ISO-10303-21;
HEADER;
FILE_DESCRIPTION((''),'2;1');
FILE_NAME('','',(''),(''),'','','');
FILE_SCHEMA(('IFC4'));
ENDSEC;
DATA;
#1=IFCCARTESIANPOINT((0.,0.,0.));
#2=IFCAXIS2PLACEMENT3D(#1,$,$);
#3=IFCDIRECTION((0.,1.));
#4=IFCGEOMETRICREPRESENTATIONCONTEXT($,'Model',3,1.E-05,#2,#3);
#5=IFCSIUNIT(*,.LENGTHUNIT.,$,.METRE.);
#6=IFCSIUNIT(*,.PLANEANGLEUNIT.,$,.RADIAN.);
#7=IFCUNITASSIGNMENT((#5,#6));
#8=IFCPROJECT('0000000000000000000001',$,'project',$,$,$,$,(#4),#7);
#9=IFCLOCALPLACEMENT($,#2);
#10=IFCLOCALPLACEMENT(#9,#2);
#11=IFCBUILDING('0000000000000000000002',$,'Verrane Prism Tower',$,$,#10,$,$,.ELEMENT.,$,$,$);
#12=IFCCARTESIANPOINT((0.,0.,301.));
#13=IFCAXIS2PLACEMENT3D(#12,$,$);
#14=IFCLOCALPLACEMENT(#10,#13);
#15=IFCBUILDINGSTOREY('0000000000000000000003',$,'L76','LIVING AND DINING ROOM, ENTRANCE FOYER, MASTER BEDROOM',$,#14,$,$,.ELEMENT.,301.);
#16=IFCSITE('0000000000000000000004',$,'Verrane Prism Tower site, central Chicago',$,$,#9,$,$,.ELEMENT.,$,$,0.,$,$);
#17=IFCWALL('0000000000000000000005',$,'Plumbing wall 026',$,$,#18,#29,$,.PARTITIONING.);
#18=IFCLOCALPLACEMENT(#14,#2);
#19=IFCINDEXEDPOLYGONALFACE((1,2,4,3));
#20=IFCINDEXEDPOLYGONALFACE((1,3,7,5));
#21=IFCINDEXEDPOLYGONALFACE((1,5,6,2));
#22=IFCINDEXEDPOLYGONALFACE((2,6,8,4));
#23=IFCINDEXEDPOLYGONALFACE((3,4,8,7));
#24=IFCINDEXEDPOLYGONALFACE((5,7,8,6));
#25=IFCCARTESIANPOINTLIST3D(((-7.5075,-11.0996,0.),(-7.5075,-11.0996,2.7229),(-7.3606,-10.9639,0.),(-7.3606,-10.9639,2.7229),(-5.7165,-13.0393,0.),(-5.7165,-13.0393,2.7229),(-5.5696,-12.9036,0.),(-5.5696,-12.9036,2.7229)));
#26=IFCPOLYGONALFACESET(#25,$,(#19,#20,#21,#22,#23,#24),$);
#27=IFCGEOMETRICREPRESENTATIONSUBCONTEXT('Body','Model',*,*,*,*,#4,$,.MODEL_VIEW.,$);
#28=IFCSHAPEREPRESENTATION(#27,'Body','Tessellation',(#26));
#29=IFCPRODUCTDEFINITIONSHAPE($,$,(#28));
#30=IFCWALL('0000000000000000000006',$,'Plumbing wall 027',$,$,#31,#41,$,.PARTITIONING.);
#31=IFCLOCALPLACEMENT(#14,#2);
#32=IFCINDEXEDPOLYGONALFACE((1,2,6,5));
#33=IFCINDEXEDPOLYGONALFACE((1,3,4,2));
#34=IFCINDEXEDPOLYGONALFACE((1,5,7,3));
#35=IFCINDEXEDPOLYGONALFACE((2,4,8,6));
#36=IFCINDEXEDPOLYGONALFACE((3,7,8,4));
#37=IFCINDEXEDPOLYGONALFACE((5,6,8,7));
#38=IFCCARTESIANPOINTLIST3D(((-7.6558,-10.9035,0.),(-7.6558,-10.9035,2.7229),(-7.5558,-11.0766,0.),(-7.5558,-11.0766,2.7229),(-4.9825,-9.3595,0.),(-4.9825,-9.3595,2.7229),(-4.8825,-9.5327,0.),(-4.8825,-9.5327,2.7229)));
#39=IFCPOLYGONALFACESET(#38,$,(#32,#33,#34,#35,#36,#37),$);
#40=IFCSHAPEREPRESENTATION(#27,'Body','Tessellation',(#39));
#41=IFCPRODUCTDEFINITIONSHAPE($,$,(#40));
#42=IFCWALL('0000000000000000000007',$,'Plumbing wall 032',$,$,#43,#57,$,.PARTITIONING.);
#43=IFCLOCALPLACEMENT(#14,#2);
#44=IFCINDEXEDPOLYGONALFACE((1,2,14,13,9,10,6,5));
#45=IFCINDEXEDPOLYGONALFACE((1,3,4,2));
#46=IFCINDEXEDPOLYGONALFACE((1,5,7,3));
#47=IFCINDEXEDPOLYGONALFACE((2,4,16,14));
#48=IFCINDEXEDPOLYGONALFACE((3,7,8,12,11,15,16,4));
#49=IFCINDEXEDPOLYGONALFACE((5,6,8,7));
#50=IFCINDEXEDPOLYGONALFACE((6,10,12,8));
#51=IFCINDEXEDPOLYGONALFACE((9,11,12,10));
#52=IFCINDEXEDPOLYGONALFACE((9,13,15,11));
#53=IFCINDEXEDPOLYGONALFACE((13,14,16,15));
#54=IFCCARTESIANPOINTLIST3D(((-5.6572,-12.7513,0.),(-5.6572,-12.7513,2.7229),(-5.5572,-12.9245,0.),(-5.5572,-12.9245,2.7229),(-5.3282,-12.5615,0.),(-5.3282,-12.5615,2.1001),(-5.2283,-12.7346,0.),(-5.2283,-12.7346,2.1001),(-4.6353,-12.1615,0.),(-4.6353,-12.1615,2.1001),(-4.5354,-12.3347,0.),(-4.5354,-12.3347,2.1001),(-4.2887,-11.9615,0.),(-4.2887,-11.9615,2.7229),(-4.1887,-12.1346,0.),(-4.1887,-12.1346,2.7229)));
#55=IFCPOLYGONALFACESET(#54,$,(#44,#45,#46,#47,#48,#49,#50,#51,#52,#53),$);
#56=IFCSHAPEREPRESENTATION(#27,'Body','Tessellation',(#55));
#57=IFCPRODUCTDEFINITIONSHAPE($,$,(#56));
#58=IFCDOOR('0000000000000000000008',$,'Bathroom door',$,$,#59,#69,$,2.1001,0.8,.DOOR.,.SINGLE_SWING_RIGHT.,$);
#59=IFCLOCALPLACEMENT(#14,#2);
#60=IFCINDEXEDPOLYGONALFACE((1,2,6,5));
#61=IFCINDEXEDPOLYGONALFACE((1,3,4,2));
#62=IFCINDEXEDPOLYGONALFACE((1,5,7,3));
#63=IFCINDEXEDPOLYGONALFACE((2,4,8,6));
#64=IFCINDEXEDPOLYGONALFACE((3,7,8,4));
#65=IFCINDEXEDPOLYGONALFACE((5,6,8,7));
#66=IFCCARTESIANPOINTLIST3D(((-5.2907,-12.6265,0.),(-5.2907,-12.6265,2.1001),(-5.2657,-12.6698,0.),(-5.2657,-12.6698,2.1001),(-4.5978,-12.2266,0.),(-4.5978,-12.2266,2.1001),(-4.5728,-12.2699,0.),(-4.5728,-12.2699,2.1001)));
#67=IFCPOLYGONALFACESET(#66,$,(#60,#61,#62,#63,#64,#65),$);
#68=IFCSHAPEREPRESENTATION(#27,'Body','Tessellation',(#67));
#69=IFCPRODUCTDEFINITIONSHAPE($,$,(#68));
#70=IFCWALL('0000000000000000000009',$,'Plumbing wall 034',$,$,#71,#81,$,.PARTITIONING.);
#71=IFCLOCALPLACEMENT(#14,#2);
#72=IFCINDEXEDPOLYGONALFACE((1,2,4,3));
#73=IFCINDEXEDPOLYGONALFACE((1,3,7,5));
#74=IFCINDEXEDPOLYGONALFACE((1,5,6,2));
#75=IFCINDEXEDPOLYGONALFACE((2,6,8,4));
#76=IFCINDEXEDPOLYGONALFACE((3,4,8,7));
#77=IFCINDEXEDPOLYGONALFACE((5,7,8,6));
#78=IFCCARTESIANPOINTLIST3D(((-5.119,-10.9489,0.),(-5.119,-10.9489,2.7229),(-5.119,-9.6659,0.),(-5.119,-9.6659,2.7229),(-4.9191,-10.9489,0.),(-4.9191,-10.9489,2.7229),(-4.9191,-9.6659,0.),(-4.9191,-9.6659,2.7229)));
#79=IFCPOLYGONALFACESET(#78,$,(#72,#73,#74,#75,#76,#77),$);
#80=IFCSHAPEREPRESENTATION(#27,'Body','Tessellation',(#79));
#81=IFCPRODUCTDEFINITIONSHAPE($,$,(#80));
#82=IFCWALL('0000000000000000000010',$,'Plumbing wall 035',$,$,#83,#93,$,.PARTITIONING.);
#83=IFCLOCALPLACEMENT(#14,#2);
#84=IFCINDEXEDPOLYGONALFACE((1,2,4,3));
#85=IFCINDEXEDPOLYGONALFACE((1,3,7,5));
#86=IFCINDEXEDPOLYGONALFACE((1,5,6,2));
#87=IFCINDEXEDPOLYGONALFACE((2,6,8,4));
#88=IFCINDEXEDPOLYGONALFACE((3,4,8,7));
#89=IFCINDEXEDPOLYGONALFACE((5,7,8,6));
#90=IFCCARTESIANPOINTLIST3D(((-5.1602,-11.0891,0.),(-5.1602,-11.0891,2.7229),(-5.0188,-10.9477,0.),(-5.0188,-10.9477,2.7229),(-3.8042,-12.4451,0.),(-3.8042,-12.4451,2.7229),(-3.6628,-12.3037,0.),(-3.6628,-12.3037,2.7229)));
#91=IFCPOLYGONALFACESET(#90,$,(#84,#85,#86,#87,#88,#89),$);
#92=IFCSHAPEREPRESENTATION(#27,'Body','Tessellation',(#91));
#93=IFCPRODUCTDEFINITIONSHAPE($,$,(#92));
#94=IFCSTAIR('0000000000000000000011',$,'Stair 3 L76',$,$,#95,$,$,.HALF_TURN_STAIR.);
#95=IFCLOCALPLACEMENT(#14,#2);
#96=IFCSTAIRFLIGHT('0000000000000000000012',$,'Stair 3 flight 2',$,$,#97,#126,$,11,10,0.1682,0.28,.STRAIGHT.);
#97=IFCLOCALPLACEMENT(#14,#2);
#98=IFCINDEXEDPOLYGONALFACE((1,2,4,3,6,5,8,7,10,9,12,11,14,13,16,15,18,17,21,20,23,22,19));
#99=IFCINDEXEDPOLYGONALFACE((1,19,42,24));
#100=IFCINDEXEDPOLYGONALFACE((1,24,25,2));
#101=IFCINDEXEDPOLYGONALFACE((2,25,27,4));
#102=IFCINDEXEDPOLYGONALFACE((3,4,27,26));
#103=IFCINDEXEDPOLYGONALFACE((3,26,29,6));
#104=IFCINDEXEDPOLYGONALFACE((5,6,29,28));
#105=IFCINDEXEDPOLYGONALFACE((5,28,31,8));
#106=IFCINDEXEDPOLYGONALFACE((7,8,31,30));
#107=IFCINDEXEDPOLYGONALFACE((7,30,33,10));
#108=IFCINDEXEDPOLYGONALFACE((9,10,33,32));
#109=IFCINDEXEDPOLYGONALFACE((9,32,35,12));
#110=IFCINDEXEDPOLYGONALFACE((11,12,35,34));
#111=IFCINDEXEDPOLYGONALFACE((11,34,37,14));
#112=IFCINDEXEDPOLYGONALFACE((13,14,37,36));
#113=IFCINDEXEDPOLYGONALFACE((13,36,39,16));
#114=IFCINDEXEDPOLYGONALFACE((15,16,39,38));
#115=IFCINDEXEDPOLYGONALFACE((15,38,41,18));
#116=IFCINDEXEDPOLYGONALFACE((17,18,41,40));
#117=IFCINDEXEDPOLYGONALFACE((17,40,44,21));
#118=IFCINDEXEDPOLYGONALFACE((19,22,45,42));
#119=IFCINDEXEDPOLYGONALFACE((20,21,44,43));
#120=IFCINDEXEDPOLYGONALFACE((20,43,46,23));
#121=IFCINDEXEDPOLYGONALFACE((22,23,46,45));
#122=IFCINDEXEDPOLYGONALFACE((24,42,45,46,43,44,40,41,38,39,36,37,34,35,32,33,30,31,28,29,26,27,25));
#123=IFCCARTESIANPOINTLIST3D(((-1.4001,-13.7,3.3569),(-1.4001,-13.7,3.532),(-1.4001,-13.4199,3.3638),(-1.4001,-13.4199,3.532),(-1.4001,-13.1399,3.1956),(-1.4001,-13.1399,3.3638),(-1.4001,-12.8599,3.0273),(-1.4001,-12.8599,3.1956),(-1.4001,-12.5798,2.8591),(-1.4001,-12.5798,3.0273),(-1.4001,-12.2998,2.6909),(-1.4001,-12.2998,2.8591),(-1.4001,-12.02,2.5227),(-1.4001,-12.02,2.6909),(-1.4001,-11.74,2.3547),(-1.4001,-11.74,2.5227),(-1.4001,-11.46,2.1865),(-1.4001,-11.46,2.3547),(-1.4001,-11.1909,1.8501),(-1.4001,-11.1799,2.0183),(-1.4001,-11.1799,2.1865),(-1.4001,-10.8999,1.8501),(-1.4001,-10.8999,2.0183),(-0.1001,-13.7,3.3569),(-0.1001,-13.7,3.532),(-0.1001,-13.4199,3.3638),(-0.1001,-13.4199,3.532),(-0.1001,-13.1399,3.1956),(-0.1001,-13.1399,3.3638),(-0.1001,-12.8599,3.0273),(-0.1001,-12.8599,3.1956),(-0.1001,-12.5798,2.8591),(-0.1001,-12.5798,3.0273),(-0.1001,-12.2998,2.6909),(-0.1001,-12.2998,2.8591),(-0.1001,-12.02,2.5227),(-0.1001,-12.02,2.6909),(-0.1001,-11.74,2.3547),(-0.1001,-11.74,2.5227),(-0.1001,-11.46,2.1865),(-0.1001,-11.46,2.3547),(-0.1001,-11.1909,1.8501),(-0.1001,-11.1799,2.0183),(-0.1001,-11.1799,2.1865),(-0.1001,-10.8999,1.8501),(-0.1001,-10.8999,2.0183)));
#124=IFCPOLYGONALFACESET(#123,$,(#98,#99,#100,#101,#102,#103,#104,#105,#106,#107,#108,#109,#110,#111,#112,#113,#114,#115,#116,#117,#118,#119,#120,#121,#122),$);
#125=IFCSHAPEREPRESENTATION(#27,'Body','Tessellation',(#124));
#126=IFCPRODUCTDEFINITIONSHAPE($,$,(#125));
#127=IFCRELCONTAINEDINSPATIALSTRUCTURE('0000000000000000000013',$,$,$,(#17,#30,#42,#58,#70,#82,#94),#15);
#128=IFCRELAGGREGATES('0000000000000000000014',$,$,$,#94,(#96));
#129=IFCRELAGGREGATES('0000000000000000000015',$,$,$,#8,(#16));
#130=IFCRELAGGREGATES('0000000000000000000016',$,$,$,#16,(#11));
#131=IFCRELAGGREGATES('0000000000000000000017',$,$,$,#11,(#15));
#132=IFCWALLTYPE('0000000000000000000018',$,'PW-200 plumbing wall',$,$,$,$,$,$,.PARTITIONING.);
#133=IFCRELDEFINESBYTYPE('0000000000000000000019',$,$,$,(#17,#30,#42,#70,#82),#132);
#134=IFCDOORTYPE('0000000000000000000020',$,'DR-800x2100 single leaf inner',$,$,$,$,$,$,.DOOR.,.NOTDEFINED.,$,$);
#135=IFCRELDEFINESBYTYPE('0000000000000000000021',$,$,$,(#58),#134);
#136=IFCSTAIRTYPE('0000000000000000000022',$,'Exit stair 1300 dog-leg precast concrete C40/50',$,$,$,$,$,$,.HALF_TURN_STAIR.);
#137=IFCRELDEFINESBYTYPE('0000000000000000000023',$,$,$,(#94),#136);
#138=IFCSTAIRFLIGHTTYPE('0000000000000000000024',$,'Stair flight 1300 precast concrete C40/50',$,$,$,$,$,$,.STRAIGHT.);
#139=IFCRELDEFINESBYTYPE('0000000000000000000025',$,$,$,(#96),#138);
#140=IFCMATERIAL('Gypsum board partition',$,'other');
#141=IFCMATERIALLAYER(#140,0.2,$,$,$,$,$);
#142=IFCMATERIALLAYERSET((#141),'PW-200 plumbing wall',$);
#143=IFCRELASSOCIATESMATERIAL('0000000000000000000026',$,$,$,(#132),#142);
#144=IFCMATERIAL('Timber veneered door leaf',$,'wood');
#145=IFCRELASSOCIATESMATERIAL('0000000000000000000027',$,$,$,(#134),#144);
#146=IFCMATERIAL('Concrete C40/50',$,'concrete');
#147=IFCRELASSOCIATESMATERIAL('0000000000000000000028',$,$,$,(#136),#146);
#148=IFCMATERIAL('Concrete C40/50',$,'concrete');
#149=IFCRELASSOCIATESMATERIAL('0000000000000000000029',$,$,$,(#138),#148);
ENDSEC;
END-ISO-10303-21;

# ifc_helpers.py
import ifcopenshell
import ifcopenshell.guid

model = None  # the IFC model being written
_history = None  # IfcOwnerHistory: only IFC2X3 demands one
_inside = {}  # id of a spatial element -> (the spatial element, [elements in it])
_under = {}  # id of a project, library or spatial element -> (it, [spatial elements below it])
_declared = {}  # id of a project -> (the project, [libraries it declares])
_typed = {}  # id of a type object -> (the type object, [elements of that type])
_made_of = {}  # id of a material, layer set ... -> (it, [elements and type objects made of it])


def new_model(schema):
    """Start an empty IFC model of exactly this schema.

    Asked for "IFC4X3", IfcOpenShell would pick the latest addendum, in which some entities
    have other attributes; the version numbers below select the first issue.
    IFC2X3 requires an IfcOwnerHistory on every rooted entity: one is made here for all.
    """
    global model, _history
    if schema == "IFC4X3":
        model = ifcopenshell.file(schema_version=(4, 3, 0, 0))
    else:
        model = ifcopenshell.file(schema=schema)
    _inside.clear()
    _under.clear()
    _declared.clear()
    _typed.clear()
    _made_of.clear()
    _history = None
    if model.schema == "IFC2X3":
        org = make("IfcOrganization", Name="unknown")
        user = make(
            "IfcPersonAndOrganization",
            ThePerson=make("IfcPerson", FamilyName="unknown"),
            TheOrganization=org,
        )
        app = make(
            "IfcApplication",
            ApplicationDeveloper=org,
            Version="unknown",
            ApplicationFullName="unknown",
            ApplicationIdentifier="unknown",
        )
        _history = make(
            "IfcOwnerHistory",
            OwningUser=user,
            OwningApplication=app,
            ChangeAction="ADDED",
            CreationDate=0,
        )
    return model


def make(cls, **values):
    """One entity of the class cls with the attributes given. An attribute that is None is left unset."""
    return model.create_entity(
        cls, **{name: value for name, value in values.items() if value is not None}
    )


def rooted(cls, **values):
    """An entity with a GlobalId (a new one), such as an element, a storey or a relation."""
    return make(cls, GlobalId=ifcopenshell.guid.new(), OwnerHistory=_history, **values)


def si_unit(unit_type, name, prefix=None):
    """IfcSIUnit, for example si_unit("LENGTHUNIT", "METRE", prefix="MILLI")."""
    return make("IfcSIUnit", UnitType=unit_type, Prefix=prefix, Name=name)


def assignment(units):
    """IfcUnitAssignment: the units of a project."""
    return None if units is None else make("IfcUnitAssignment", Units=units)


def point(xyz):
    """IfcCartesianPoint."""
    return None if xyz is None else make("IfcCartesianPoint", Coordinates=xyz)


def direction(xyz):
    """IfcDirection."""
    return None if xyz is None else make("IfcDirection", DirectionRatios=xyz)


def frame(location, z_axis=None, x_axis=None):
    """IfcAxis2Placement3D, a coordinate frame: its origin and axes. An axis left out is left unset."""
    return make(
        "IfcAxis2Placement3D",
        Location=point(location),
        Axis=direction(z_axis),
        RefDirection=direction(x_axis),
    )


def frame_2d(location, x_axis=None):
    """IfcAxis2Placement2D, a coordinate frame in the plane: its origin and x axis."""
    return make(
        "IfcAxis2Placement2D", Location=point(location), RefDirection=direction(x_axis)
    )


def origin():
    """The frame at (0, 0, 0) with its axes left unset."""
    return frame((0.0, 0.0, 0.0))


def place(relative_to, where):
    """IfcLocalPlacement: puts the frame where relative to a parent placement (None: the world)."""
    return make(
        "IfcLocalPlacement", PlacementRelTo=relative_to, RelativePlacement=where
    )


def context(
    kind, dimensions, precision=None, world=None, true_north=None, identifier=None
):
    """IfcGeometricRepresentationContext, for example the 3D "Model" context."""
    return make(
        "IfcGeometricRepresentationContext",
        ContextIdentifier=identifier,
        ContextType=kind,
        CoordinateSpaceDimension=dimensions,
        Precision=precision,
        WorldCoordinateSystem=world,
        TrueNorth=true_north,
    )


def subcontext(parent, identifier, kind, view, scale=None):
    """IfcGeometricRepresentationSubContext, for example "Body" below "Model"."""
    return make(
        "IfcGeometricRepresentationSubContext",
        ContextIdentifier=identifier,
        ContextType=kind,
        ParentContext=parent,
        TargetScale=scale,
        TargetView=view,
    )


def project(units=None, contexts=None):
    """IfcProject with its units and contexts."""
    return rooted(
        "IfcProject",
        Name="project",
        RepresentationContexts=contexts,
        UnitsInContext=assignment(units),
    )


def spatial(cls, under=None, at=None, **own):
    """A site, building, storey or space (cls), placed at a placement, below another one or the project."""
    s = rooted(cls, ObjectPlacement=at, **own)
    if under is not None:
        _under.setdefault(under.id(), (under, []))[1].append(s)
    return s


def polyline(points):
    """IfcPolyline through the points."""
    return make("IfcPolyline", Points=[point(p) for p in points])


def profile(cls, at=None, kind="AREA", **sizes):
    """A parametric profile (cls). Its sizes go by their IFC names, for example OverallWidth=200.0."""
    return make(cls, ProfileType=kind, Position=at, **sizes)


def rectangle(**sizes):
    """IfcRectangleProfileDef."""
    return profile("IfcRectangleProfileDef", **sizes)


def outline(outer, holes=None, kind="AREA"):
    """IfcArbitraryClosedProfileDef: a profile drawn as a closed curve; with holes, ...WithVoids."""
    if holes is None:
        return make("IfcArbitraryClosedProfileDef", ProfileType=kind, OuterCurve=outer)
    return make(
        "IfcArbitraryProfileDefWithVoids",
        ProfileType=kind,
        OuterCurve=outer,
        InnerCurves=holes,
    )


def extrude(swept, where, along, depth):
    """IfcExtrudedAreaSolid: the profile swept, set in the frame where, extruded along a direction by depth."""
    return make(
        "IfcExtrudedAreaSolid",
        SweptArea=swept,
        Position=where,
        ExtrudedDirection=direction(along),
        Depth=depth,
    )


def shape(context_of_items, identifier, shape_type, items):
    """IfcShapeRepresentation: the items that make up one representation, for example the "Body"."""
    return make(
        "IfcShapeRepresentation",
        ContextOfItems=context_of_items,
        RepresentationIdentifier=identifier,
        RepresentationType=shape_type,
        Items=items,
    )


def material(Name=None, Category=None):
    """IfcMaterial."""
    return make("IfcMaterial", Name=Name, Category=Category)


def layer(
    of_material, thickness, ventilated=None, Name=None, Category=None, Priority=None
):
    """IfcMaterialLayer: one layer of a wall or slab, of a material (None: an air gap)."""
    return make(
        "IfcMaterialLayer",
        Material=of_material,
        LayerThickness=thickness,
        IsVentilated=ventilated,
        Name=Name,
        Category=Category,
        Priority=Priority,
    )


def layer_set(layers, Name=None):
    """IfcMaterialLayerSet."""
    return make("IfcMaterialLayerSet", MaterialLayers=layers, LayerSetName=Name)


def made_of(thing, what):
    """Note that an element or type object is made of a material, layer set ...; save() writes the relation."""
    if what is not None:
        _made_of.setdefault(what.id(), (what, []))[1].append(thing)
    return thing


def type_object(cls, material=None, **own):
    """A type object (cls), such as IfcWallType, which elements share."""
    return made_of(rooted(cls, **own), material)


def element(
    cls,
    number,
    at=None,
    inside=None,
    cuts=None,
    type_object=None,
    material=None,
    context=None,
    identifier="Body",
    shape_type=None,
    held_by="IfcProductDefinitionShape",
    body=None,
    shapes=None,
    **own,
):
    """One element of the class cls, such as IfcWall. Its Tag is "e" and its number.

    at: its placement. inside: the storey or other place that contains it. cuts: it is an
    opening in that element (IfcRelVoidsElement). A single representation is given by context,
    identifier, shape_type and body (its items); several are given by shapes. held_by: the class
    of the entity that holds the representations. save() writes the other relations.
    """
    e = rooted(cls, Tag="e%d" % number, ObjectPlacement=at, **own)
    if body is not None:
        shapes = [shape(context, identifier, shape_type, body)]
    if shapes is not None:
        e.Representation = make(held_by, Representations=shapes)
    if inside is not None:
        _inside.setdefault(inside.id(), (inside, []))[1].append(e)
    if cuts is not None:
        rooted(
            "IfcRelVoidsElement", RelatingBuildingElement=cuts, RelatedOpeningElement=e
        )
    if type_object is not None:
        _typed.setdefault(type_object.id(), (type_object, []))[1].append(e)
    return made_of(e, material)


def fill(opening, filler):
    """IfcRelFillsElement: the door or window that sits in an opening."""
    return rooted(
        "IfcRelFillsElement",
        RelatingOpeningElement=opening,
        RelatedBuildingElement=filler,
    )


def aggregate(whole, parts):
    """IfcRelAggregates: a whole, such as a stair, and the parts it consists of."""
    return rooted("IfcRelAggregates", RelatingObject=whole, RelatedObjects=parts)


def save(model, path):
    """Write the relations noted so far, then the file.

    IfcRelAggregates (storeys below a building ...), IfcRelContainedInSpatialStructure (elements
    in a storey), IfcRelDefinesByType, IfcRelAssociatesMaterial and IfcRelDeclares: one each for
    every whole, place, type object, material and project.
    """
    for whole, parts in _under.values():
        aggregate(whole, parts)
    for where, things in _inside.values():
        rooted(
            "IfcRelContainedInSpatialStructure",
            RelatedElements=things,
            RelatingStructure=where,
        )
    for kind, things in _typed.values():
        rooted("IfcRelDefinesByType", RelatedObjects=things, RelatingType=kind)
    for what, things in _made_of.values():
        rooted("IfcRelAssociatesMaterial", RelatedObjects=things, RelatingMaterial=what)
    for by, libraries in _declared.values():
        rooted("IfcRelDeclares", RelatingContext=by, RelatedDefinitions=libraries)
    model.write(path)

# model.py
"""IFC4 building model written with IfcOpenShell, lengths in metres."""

from ifc_helpers import new_model, si_unit, direction, frame, frame_2d, origin, place, context, subcontext, project, spatial, polyline, rectangle, outline, extrude, material, layer, layer_set, type_object, element, fill, aggregate, save


model = new_model("IFC4")

# Units and contexts
model_context = context("Model", 3, precision=1e-05, world=origin(), true_north=direction((0.0, 1.0)))
body_context = subcontext(model_context, "Body", "Model", "MODEL_VIEW")
ifc_project = project(units=[si_unit("LENGTHUNIT", "METRE"), si_unit("PLANEANGLEUNIT", "RADIAN")], contexts=[model_context])

# Site, building, storey
site_placement = place(None, origin())
site = spatial("IfcSite", under=ifc_project, at=site_placement, Name="Verrane Prism Tower site, central Chicago", CompositionType="ELEMENT", RefElevation=0.0)
building_placement = place(site_placement, origin())
building = spatial("IfcBuilding", under=site, at=building_placement, Name="Verrane Prism Tower", CompositionType="ELEMENT")
storey_placement = place(building_placement, frame((0.0, 0.0, 301.0)))
storey = spatial("IfcBuildingStorey", under=building, at=storey_placement, Name="L76", Description="LIVING AND DINING ROOM, ENTRANCE FOYER, MASTER BEDROOM", CompositionType="ELEMENT", Elevation=301.0)

# Walls
ifc_material_1 = material(Name="Gypsum board partition", Category="other")
ifc_layer_1 = layer(ifc_material_1, 0.2)
ifc_layer_set_1 = layer_set([ifc_layer_1], Name="PW-200 plumbing wall")
wall_type_1 = type_object("IfcWallType", Name="PW-200 plumbing wall", PredefinedType="PARTITIONING", material=ifc_layer_set_1)
wall_1_placement = place(storey_placement, frame((-7.4341, -11.0317, 0.0), z_axis=(0.0, 0.0, 1.0), x_axis=(0.678388, -0.734704, 0.0)))
element("IfcWall", 1, at=wall_1_placement, inside=storey, type_object=wall_type_1, Name="Plumbing wall 026", PredefinedType="PARTITIONING", context=body_context, shape_type="SweptSolid", body=[
    extrude(rectangle(XDim=2.6401, YDim=0.2, at=frame_2d((1.3201, 0.0))), origin(), (0.0, 0.0, 1.0), 2.7229),
])
wall_2_placement = place(storey_placement, frame((-7.6057, -10.99, 0.0), z_axis=(0.0, 0.0, 1.0), x_axis=(0.865956, 0.500119, 0.0)))
element("IfcWall", 2, at=wall_2_placement, inside=storey, type_object=wall_type_1, Name="Plumbing wall 027", PredefinedType="PARTITIONING", context=body_context, shape_type="SweptSolid", body=[
    extrude(rectangle(XDim=3.0872, YDim=0.2, at=frame_2d((1.5435, 0.0))), origin(), (0.0, 0.0, 1.0), 2.7229),
])

# Wall, opening, door
wall_3_placement = place(storey_placement, frame((-5.6072, -12.8379, 0.0), z_axis=(0.0, 0.0, 1.0), x_axis=(0.866096, 0.499879, 0.0)))
wall_3 = element("IfcWall", 3, at=wall_3_placement, inside=storey, type_object=wall_type_1, Name="Plumbing wall 032", PredefinedType="PARTITIONING", context=body_context, shape_type="SweptSolid", body=[
    extrude(rectangle(XDim=1.5801, YDim=0.2, at=frame_2d((0.79, 0.0))), origin(), (0.0, 0.0, 1.0), 2.7229),
])
opening_1_placement = place(wall_3_placement, frame((0.3799, 0.0, 0.0)))
opening_1 = element("IfcOpeningElement", 4, at=opening_1_placement, cuts=wall_3, PredefinedType="OPENING", context=body_context, shape_type="SweptSolid", body=[
    extrude(rectangle(XDim=0.8, YDim=2.1001, at=frame_2d((0.3999, 1.05))), frame((0.0, 0.1099, 0.0), z_axis=(0.0, -1.0, 0.0), x_axis=(1.0, 0.0, 0.0)), (0.0, 0.0, 1.0), 0.22),
])
ifc_material_2 = material(Name="Timber veneered door leaf", Category="wood")
door_type_1 = type_object("IfcDoorType", Name="DR-800x2100 single leaf inner", OperationType="NOTDEFINED", PredefinedType="DOOR", material=ifc_material_2)
door_1_placement = place(opening_1_placement, origin())
door_1 = element("IfcDoor", 5, at=door_1_placement, inside=storey, type_object=door_type_1, Name="Bathroom door", OperationType="SINGLE_SWING_RIGHT", OverallHeight=2.1001, OverallWidth=0.8, PredefinedType="DOOR", context=body_context, shape_type="SweptSolid", body=[
    extrude(rectangle(XDim=0.8, YDim=2.1001, at=frame_2d((0.3999, 1.05))), frame((0.0, 0.0249, 0.0), z_axis=(0.0, -1.0, 0.0), x_axis=(1.0, 0.0, 0.0)), (0.0, 0.0, 1.0), 0.05),
])
fill(opening_1, door_1)

# Walls
wall_4_placement = place(storey_placement, frame((-5.019, -10.949, 0.0), z_axis=(0.0, 0.0, 1.0), x_axis=(0.0, 1.0, 0.0)))
element("IfcWall", 6, at=wall_4_placement, inside=storey, type_object=wall_type_1, Name="Plumbing wall 034", PredefinedType="PARTITIONING", context=body_context, shape_type="SweptSolid", body=[
    extrude(rectangle(XDim=1.283, YDim=0.2, at=frame_2d((0.6416, 0.0))), origin(), (0.0, 0.0, 1.0), 2.7229),
])
wall_5_placement = place(storey_placement, frame((-5.0896, -11.0183, 0.0), z_axis=(0.0, 0.0, 1.0), x_axis=(0.707107, -0.707107, 0.0)))
element("IfcWall", 7, at=wall_5_placement, inside=storey, type_object=wall_type_1, Name="Plumbing wall 035", PredefinedType="PARTITIONING", context=body_context, shape_type="SweptSolid", body=[
    extrude(rectangle(XDim=1.9177, YDim=0.2, at=frame_2d((0.959, 0.0))), origin(), (0.0, 0.0, 1.0), 2.7229),
])

# Stair, stair flight
ifc_material_3 = material(Name="Concrete C40/50", Category="concrete")
stair_type = type_object("IfcStairType", Name="Exit stair 1300 dog-leg precast concrete C40/50", PredefinedType="HALF_TURN_STAIR", material=ifc_material_3)
stair_placement = place(storey_placement, origin())
stair = element("IfcStair", 8, at=stair_placement, inside=storey, type_object=stair_type, Name="Stair 3 L76", PredefinedType="HALF_TURN_STAIR")
ifc_material_4 = material(Name="Concrete C40/50", Category="concrete")
stair_flight_type = type_object("IfcStairFlightType", Name="Stair flight 1300 precast concrete C40/50", PredefinedType="STRAIGHT", material=ifc_material_4)
stair_flight_placement = place(storey_placement, frame((-0.75, -10.8999, 1.8501), z_axis=(0.0, 0.0, 1.0), x_axis=(0.0, -1.0, 0.0)))
stair_flight = element("IfcStairFlight", 9, at=stair_flight_placement, type_object=stair_flight_type, Name="Stair 3 flight 2", NumberOfRisers=11, NumberOfTreads=10, PredefinedType="STRAIGHT", RiserHeight=0.1682, TreadLength=0.28, context=body_context, shape_type="SweptSolid", body=[
    extrude(outline(polyline([(0.0, 0.0), (0.0, 0.1682), (0.28, 0.1682), (0.28, 0.3364), (0.5601, 0.3364), (0.5601, 0.5046), (0.8401, 0.5046), (0.8401, 0.6726), (1.1201, 0.6726), (1.1201, 0.8408), (1.3999, 0.8408), (1.3999, 1.009), (1.6799, 1.009), (1.6799, 1.1772), (1.96, 1.1772), (1.96, 1.3455), (2.24, 1.3455), (2.24, 1.5137), (2.52, 1.5137), (2.52, 1.6819), (2.8, 1.6819), (2.8, 1.8501), (2.8, 1.5068), (0.291, 0.0), (0.0, 0.0)])), frame((0.0, 0.6499, 0.0), z_axis=(0.0, -1.0, 0.0), x_axis=(1.0, 0.0, 0.0)), (0.0, 0.0, 1.0), 1.3),
])
aggregate(stair, [stair_flight])

save(model, "model.ifc")
